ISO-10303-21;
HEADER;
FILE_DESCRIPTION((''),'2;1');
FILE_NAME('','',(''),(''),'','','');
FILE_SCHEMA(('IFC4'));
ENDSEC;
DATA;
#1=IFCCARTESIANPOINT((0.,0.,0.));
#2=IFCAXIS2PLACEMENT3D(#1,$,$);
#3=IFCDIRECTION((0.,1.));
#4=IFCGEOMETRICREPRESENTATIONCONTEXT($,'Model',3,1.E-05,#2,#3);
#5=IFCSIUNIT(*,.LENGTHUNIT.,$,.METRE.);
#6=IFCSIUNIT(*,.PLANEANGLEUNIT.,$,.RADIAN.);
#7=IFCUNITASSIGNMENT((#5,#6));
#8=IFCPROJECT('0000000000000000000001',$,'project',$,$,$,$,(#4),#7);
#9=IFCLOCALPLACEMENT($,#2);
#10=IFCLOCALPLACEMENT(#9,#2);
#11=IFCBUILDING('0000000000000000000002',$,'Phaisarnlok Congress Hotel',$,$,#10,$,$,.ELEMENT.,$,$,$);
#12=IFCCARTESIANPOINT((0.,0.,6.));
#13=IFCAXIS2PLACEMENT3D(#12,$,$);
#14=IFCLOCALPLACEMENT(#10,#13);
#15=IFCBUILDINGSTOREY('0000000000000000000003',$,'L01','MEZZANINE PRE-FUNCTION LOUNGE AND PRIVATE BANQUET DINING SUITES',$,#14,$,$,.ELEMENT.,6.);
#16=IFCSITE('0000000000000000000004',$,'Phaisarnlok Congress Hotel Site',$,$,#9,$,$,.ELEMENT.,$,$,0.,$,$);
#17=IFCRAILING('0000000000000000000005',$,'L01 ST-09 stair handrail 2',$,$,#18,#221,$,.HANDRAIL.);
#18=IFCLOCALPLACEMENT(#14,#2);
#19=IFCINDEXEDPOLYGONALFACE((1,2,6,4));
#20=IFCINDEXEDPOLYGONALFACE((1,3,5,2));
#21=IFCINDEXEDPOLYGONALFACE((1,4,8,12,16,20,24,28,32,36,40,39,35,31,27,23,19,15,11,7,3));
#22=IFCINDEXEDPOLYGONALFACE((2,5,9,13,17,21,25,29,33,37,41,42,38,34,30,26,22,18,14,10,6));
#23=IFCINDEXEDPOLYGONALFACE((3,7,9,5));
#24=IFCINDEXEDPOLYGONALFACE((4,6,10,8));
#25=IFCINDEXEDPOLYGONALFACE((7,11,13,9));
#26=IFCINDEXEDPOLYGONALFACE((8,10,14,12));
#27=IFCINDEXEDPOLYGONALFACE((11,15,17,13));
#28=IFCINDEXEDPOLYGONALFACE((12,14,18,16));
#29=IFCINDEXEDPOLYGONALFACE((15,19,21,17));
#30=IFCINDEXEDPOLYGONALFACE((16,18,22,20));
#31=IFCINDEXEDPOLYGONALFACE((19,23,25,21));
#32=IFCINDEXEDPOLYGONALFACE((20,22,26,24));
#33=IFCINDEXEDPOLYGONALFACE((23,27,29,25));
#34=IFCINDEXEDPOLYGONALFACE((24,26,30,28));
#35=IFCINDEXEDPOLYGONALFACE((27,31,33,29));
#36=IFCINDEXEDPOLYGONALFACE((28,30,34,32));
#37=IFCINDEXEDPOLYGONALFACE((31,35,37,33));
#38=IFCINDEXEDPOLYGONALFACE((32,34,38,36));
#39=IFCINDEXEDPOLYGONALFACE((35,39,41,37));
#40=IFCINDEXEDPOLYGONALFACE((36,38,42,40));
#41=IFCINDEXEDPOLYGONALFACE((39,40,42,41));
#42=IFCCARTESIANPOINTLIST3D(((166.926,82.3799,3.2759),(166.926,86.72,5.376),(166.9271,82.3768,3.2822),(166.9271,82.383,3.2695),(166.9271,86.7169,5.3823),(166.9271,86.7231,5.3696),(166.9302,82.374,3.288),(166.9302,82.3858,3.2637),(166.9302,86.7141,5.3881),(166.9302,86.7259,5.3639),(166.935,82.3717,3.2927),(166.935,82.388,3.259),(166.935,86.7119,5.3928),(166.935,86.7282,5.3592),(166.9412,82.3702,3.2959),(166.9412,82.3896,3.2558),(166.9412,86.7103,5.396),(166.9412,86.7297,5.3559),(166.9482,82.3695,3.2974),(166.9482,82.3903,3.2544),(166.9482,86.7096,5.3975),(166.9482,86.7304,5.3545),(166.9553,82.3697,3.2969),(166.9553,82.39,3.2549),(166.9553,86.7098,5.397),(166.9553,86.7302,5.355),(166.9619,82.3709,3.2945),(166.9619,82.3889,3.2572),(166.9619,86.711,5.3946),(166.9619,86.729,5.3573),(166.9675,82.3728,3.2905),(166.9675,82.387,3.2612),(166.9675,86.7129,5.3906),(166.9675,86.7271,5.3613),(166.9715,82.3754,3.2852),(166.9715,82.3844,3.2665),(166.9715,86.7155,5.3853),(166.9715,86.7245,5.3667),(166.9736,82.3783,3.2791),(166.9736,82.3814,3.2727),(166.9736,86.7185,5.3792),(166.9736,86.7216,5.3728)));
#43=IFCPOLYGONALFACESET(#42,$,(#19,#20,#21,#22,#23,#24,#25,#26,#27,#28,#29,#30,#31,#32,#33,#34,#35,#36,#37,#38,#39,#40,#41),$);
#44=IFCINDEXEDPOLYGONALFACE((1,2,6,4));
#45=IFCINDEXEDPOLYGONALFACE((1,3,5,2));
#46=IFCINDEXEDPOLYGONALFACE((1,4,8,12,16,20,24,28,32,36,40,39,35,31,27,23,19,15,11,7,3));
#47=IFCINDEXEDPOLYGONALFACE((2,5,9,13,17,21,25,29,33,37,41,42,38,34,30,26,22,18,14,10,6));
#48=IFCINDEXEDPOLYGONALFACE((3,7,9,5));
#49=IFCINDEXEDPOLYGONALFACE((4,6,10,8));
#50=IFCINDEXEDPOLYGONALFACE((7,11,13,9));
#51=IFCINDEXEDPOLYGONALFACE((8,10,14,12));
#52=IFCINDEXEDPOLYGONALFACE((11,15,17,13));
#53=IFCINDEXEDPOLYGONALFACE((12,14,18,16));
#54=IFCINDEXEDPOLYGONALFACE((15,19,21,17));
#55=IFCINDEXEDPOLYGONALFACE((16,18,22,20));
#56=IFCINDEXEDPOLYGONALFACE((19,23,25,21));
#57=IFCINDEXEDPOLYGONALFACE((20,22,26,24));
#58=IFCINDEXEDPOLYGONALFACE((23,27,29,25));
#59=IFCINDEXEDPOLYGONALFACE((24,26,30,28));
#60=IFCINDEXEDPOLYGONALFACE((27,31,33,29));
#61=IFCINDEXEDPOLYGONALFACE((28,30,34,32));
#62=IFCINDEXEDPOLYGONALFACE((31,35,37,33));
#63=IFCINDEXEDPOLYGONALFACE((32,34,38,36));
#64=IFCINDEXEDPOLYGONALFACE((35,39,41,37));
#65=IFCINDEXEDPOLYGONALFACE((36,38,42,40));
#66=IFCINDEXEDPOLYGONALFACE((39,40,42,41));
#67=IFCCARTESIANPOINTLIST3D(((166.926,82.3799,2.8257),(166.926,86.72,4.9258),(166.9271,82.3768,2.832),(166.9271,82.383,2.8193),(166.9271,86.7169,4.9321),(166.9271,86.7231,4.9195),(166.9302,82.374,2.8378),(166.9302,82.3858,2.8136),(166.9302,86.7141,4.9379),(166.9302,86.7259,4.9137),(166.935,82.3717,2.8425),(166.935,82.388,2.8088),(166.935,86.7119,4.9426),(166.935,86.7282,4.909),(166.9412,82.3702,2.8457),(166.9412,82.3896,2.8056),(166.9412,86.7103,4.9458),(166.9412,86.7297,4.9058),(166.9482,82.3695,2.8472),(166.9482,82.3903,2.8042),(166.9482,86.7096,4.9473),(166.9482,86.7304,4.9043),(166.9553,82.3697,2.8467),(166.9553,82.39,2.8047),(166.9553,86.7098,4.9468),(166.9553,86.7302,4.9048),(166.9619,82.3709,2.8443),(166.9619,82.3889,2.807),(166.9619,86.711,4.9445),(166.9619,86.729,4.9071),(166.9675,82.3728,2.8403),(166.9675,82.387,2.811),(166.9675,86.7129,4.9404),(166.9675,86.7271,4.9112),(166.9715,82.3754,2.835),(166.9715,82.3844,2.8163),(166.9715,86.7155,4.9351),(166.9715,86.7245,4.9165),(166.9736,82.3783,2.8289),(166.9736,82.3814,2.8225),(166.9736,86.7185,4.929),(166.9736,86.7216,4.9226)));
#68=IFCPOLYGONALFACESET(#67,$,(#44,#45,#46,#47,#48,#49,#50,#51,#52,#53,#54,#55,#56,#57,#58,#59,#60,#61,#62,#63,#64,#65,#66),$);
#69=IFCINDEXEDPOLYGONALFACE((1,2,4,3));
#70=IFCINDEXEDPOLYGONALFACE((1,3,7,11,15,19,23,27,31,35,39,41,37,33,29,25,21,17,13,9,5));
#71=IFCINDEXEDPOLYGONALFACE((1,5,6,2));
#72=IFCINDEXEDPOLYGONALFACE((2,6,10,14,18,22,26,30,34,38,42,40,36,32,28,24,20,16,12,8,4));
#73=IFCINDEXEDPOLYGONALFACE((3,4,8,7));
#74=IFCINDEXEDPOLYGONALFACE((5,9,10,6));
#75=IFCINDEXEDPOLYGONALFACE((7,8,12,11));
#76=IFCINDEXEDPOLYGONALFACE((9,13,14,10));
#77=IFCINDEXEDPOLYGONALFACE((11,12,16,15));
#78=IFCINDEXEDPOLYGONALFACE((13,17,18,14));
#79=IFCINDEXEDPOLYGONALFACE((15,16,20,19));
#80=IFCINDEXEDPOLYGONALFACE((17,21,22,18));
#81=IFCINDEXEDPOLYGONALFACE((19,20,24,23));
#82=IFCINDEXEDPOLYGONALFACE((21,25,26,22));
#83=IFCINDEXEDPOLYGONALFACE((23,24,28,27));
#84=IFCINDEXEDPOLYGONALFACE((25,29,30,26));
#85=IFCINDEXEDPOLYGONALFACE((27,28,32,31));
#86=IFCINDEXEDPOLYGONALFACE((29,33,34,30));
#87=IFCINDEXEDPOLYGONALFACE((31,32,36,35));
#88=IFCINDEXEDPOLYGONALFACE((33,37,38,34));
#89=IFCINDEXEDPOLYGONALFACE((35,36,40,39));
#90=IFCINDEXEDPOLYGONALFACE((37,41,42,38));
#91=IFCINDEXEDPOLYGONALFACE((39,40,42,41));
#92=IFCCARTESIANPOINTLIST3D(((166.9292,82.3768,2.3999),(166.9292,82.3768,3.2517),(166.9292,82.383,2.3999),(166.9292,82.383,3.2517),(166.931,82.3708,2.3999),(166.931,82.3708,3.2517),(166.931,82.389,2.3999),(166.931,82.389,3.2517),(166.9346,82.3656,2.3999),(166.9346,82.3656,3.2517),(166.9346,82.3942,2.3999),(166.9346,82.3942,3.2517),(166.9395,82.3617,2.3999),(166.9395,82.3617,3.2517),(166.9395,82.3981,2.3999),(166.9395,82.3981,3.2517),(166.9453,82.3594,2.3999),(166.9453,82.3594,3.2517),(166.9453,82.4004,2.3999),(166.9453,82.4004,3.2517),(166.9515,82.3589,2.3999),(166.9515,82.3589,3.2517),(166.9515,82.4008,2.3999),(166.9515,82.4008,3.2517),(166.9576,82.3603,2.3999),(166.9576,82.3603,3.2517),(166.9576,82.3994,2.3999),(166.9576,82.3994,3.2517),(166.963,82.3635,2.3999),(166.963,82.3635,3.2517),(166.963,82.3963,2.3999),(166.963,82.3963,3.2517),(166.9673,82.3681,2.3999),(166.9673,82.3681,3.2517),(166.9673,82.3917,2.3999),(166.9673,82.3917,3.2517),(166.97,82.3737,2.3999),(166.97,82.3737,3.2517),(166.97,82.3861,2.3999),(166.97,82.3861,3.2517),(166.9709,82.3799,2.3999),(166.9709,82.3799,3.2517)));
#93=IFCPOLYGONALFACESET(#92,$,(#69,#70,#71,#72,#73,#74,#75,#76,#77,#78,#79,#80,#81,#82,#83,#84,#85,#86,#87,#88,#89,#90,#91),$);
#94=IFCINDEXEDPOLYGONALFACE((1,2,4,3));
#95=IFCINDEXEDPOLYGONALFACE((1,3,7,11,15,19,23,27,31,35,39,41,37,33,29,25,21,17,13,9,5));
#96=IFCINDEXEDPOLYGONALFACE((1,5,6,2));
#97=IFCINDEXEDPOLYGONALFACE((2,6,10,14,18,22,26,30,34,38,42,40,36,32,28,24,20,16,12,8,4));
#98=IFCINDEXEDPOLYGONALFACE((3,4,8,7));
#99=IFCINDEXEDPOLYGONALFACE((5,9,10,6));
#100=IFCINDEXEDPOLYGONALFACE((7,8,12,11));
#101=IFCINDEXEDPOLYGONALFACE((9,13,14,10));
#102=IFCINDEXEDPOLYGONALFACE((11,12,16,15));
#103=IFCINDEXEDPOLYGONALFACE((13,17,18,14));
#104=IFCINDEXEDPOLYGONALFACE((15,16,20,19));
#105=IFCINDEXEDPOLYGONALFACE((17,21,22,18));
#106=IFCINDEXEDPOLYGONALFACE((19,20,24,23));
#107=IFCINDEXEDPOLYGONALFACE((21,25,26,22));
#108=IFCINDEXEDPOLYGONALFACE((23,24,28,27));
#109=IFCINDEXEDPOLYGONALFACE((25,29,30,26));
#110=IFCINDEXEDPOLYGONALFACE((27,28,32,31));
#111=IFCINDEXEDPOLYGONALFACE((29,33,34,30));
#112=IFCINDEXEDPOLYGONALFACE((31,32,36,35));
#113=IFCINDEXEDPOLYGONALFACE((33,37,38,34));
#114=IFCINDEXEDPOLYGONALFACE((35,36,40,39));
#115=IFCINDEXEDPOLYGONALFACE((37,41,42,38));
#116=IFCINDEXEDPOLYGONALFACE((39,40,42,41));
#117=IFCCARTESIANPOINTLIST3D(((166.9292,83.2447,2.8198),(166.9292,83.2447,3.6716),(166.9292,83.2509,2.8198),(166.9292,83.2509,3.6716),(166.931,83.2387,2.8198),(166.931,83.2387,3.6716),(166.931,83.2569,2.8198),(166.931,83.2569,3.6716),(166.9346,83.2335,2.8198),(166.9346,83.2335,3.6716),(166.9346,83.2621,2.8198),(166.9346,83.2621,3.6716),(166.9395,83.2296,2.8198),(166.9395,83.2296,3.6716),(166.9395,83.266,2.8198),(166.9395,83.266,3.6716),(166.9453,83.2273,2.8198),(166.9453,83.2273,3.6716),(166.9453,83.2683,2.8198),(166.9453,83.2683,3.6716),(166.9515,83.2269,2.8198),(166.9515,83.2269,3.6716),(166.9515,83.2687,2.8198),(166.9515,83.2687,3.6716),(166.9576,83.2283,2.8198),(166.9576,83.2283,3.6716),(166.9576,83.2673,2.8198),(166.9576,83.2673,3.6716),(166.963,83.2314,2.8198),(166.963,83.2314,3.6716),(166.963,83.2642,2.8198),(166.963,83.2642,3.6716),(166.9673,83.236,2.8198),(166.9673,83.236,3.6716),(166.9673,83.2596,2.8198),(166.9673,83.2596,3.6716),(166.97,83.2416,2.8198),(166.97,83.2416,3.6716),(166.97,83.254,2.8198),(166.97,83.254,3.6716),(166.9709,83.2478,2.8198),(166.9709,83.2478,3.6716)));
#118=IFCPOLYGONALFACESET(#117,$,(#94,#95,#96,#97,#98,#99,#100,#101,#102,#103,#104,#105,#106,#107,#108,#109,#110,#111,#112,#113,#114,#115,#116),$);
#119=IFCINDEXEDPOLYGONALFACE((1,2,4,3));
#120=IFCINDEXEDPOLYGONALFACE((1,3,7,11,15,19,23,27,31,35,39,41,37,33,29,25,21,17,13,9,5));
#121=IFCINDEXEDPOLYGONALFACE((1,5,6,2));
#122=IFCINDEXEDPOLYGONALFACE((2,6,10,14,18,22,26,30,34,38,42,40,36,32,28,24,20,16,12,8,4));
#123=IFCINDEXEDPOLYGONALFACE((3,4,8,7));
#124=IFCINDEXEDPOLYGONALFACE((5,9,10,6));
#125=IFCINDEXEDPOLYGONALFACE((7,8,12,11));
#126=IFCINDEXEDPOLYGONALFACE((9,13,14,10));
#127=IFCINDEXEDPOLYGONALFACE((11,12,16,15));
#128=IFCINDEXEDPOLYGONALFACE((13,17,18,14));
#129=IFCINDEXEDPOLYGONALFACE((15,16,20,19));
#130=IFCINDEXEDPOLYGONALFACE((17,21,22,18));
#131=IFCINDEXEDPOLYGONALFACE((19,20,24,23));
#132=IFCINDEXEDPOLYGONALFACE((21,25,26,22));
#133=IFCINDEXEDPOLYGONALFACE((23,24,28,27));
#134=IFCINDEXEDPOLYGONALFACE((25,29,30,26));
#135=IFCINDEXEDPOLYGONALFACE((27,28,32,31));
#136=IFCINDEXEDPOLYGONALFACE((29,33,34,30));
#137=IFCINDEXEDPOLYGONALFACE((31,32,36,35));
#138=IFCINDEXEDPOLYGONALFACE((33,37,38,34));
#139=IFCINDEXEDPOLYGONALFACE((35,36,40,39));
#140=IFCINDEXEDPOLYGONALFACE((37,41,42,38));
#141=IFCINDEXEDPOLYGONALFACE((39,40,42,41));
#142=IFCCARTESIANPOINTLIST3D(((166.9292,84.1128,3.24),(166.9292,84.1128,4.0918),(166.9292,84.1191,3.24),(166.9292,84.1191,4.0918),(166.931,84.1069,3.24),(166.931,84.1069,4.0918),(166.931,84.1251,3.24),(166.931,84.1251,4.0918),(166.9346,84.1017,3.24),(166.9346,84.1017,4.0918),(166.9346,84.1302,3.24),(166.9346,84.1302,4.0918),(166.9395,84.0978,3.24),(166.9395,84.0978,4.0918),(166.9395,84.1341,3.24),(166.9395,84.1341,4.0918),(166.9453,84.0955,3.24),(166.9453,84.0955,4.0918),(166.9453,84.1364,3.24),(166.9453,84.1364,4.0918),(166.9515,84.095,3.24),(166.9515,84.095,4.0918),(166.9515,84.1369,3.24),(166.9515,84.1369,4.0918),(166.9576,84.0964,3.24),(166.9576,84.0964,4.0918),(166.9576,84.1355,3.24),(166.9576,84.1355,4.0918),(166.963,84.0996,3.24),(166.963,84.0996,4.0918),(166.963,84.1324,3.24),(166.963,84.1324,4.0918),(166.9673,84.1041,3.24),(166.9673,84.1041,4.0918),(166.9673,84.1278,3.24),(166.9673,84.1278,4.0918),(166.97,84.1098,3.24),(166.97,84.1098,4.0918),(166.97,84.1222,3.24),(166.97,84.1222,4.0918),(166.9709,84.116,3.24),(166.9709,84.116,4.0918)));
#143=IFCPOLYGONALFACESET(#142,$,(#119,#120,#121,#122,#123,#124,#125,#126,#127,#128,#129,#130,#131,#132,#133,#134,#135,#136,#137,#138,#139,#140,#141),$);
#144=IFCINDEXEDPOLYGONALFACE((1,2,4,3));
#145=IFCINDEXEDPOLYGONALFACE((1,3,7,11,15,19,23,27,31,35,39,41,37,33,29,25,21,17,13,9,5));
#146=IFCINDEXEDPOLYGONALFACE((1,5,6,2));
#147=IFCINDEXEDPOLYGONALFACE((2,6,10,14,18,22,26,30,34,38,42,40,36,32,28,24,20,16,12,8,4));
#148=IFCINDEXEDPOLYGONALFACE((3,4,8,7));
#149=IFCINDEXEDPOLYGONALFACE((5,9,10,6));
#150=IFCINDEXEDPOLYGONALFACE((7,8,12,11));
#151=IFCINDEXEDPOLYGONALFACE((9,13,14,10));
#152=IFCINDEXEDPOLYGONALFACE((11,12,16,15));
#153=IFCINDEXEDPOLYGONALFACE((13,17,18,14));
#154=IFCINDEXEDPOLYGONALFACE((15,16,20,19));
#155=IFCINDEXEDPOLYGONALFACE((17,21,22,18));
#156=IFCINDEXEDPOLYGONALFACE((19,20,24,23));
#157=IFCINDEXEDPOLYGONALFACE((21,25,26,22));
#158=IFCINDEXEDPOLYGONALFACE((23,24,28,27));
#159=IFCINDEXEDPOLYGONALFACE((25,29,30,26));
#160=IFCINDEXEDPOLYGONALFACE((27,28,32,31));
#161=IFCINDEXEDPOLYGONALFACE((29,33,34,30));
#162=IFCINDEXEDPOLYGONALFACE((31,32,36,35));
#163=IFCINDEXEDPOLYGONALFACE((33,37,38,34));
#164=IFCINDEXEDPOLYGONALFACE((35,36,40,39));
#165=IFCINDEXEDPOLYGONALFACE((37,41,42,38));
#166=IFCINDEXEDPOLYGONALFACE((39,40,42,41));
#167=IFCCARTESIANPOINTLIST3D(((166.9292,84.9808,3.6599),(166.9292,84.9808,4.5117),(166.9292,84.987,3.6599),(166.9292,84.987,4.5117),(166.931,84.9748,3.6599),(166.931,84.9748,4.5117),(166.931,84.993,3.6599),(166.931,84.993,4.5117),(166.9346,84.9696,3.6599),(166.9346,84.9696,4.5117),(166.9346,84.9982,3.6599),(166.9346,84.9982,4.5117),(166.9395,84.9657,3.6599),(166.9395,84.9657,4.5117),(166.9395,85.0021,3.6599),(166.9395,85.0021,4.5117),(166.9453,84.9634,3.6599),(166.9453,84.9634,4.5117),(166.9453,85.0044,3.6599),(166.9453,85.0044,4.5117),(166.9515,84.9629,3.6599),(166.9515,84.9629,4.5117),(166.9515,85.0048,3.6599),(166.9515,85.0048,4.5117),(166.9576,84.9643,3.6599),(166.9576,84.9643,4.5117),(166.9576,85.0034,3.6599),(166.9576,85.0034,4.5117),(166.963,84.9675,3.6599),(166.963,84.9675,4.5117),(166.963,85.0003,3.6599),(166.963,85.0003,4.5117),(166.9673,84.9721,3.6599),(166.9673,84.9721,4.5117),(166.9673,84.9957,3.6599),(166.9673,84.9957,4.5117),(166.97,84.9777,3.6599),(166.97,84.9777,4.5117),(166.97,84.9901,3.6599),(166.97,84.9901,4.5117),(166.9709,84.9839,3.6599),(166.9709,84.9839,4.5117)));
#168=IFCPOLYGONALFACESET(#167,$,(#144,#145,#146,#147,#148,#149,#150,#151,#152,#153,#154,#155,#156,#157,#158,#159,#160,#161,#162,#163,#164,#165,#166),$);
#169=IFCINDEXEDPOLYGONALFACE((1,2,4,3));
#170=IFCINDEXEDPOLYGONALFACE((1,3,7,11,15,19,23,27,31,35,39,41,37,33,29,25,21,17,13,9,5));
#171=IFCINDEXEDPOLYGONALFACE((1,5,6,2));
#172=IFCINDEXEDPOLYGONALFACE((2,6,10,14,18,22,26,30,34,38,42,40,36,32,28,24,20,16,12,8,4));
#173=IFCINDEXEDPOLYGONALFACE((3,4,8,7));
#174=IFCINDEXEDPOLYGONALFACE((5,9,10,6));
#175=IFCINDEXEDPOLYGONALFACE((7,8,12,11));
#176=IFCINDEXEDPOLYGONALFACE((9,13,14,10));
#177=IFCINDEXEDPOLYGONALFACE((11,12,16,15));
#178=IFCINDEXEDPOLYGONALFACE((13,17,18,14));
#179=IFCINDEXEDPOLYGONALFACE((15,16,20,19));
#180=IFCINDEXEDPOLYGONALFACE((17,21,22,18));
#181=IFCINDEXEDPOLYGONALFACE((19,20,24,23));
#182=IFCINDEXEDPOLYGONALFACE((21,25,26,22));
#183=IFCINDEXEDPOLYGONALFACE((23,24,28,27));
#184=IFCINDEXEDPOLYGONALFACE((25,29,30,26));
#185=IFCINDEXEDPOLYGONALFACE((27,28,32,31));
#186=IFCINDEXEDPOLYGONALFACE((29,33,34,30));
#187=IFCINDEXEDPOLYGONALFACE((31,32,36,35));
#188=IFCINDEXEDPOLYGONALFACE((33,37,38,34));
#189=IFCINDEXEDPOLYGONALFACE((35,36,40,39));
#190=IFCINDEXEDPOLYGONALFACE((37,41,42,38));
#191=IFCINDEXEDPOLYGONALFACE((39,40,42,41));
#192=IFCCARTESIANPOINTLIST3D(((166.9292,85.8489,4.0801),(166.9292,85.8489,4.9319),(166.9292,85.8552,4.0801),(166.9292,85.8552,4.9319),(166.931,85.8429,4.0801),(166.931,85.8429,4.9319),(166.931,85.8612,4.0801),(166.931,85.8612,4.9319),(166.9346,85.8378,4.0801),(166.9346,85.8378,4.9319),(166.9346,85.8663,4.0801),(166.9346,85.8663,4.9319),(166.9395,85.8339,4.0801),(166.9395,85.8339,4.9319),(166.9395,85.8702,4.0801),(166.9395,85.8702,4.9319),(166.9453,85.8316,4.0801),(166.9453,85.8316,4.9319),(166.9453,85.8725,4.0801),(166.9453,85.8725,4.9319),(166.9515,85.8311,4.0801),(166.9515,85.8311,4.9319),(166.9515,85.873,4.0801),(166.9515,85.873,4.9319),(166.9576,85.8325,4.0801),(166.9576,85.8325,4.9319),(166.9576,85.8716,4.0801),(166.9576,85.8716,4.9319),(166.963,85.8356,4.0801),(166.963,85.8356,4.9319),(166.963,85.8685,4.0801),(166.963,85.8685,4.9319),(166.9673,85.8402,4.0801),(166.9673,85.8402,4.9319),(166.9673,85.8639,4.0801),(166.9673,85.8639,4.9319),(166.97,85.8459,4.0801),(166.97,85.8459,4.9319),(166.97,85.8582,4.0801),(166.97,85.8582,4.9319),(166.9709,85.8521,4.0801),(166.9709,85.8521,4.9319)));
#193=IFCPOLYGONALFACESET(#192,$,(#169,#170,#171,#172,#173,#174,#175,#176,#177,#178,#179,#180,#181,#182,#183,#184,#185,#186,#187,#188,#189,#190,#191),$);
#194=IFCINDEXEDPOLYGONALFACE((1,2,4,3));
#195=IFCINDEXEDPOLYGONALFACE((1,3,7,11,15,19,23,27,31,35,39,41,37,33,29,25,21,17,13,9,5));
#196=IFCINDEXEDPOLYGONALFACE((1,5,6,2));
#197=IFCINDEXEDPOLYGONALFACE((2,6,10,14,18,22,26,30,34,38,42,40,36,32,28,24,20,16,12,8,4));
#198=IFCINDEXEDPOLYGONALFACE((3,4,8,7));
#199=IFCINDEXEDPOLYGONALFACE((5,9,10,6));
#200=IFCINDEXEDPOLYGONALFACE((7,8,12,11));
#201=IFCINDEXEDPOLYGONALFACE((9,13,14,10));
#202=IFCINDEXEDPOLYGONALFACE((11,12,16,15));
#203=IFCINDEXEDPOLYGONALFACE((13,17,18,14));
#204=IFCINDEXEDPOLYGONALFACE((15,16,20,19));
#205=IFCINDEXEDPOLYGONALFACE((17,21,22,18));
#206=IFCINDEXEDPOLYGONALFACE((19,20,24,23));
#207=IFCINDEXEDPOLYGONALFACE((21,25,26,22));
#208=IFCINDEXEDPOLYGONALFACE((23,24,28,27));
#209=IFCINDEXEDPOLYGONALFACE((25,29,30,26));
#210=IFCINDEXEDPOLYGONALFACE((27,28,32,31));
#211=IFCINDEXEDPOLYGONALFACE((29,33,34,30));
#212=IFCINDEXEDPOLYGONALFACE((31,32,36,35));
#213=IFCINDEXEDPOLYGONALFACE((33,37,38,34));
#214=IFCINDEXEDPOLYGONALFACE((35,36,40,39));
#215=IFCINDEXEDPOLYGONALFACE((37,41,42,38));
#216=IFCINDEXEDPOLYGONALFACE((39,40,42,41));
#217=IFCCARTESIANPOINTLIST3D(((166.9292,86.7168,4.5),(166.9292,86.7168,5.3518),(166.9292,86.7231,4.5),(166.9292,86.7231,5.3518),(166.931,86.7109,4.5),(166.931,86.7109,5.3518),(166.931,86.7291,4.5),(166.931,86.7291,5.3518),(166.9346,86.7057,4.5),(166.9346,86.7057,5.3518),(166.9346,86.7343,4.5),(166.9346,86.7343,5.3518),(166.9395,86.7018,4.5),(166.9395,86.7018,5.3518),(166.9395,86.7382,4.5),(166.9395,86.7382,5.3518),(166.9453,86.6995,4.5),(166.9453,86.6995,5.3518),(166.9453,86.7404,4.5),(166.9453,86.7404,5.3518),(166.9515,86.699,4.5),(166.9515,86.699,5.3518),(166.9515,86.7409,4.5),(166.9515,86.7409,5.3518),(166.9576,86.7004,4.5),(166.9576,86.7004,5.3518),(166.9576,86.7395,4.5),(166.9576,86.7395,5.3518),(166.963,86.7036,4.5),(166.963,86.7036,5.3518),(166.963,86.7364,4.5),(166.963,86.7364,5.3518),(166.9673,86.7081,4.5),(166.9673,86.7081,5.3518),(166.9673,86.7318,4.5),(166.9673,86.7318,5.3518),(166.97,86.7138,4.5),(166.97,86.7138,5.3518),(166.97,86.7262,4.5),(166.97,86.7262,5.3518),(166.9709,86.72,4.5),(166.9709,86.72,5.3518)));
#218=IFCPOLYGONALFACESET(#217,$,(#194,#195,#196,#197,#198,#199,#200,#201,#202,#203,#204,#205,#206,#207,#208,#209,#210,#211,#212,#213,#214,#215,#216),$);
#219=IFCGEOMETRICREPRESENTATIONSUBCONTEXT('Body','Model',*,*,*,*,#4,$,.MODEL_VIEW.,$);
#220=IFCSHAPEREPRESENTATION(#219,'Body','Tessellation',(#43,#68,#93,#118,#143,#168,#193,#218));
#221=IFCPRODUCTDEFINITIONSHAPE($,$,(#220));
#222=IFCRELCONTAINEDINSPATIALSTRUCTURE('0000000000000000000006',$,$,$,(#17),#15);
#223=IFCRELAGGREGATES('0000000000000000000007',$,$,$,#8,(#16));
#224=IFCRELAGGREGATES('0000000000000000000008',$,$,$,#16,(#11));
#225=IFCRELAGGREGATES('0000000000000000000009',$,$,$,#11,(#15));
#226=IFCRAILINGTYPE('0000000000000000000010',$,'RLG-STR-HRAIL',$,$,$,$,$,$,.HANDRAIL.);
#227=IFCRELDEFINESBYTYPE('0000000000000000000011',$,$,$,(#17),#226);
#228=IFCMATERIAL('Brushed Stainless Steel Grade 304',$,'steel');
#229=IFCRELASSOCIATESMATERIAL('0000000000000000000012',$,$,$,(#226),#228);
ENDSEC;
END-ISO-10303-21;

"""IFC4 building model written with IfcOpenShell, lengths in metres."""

from ifc_helpers import new_model, si_unit, direction, frame, origin, origin_2d, place, context, subcontext, project, spatial, circle, extrude, material, type_object, element, save


model = new_model("IFC4")

# Units and contexts
model_context = context("Model", 3, precision=1e-05, world=origin(), true_north=direction((0.0, 1.0)))
body_context = subcontext(model_context, "Body", "Model", "MODEL_VIEW")
ifc_project = project(units=[si_unit("LENGTHUNIT", "METRE"), si_unit("PLANEANGLEUNIT", "RADIAN")], contexts=[model_context])

# Site, building, storey
site_placement = place(None, origin())
site = spatial("IfcSite", under=ifc_project, at=site_placement, Name="Phaisarnlok Congress Hotel Site", CompositionType="ELEMENT", RefElevation=0.0)
building_placement = place(site_placement, origin())
building = spatial("IfcBuilding", under=site, at=building_placement, Name="Phaisarnlok Congress Hotel", CompositionType="ELEMENT")
storey_placement = place(building_placement, frame((0.0, 0.0, 6.0)))
storey = spatial("IfcBuildingStorey", under=building, at=storey_placement, Name="L01", Description="MEZZANINE PRE-FUNCTION LOUNGE AND PRIVATE BANQUET DINING SUITES", CompositionType="ELEMENT", Elevation=6.0)

# Railing
ifc_material_1 = material(Name="Brushed Stainless Steel Grade 304", Category="steel")
railing_type_1 = type_object("IfcRailingType", Name="RLG-STR-HRAIL", PredefinedType="HANDRAIL", material=ifc_material_1)
railing_1_placement = place(storey_placement, frame((166.95, 82.3799, 2.3999)))
element("IfcRailing", 1, at=railing_1_placement, inside=storey, type_object=railing_type_1, Name="L01 ST-09 stair handrail 2", PredefinedType="HANDRAIL", context=body_context, shape_type="SweptSolid", body=[
    extrude(circle(Radius=0.0239, at=origin_2d()), frame((0.0, 0.0, 0.876), z_axis=(0.0, 0.900155, 0.43557), x_axis=(-1.0, 0.0, 0.0)), (0.0, 0.0, 1.0), 4.8215),
    extrude(circle(Radius=0.0239, at=origin_2d()), frame((0.0, 0.0, 0.4258), z_axis=(0.0, 0.900155, 0.43557), x_axis=(-1.0, 0.0, 0.0)), (0.0, 0.0, 1.0), 4.8215),
    extrude(circle(Radius=0.021, at=origin_2d()), origin(), (0.0, 0.0, 1.0), 0.8518),
    extrude(circle(Radius=0.021, at=origin_2d()), frame((0.0, 0.8679, 0.4199)), (0.0, 0.0, 1.0), 0.8518),
    extrude(circle(Radius=0.021, at=origin_2d()), frame((0.0, 1.7361, 0.8401)), (0.0, 0.0, 1.0), 0.8518),
    extrude(circle(Radius=0.021, at=origin_2d()), frame((0.0, 2.604, 1.26)), (0.0, 0.0, 1.0), 0.8518),
    extrude(circle(Radius=0.021, at=origin_2d()), frame((0.0, 3.4722, 1.6802)), (0.0, 0.0, 1.0), 0.8518),
    extrude(circle(Radius=0.021, at=origin_2d()), frame((0.0, 4.3401, 2.1001)), (0.0, 0.0, 1.0), 0.8518),
])

save(model, "model.ifc")
